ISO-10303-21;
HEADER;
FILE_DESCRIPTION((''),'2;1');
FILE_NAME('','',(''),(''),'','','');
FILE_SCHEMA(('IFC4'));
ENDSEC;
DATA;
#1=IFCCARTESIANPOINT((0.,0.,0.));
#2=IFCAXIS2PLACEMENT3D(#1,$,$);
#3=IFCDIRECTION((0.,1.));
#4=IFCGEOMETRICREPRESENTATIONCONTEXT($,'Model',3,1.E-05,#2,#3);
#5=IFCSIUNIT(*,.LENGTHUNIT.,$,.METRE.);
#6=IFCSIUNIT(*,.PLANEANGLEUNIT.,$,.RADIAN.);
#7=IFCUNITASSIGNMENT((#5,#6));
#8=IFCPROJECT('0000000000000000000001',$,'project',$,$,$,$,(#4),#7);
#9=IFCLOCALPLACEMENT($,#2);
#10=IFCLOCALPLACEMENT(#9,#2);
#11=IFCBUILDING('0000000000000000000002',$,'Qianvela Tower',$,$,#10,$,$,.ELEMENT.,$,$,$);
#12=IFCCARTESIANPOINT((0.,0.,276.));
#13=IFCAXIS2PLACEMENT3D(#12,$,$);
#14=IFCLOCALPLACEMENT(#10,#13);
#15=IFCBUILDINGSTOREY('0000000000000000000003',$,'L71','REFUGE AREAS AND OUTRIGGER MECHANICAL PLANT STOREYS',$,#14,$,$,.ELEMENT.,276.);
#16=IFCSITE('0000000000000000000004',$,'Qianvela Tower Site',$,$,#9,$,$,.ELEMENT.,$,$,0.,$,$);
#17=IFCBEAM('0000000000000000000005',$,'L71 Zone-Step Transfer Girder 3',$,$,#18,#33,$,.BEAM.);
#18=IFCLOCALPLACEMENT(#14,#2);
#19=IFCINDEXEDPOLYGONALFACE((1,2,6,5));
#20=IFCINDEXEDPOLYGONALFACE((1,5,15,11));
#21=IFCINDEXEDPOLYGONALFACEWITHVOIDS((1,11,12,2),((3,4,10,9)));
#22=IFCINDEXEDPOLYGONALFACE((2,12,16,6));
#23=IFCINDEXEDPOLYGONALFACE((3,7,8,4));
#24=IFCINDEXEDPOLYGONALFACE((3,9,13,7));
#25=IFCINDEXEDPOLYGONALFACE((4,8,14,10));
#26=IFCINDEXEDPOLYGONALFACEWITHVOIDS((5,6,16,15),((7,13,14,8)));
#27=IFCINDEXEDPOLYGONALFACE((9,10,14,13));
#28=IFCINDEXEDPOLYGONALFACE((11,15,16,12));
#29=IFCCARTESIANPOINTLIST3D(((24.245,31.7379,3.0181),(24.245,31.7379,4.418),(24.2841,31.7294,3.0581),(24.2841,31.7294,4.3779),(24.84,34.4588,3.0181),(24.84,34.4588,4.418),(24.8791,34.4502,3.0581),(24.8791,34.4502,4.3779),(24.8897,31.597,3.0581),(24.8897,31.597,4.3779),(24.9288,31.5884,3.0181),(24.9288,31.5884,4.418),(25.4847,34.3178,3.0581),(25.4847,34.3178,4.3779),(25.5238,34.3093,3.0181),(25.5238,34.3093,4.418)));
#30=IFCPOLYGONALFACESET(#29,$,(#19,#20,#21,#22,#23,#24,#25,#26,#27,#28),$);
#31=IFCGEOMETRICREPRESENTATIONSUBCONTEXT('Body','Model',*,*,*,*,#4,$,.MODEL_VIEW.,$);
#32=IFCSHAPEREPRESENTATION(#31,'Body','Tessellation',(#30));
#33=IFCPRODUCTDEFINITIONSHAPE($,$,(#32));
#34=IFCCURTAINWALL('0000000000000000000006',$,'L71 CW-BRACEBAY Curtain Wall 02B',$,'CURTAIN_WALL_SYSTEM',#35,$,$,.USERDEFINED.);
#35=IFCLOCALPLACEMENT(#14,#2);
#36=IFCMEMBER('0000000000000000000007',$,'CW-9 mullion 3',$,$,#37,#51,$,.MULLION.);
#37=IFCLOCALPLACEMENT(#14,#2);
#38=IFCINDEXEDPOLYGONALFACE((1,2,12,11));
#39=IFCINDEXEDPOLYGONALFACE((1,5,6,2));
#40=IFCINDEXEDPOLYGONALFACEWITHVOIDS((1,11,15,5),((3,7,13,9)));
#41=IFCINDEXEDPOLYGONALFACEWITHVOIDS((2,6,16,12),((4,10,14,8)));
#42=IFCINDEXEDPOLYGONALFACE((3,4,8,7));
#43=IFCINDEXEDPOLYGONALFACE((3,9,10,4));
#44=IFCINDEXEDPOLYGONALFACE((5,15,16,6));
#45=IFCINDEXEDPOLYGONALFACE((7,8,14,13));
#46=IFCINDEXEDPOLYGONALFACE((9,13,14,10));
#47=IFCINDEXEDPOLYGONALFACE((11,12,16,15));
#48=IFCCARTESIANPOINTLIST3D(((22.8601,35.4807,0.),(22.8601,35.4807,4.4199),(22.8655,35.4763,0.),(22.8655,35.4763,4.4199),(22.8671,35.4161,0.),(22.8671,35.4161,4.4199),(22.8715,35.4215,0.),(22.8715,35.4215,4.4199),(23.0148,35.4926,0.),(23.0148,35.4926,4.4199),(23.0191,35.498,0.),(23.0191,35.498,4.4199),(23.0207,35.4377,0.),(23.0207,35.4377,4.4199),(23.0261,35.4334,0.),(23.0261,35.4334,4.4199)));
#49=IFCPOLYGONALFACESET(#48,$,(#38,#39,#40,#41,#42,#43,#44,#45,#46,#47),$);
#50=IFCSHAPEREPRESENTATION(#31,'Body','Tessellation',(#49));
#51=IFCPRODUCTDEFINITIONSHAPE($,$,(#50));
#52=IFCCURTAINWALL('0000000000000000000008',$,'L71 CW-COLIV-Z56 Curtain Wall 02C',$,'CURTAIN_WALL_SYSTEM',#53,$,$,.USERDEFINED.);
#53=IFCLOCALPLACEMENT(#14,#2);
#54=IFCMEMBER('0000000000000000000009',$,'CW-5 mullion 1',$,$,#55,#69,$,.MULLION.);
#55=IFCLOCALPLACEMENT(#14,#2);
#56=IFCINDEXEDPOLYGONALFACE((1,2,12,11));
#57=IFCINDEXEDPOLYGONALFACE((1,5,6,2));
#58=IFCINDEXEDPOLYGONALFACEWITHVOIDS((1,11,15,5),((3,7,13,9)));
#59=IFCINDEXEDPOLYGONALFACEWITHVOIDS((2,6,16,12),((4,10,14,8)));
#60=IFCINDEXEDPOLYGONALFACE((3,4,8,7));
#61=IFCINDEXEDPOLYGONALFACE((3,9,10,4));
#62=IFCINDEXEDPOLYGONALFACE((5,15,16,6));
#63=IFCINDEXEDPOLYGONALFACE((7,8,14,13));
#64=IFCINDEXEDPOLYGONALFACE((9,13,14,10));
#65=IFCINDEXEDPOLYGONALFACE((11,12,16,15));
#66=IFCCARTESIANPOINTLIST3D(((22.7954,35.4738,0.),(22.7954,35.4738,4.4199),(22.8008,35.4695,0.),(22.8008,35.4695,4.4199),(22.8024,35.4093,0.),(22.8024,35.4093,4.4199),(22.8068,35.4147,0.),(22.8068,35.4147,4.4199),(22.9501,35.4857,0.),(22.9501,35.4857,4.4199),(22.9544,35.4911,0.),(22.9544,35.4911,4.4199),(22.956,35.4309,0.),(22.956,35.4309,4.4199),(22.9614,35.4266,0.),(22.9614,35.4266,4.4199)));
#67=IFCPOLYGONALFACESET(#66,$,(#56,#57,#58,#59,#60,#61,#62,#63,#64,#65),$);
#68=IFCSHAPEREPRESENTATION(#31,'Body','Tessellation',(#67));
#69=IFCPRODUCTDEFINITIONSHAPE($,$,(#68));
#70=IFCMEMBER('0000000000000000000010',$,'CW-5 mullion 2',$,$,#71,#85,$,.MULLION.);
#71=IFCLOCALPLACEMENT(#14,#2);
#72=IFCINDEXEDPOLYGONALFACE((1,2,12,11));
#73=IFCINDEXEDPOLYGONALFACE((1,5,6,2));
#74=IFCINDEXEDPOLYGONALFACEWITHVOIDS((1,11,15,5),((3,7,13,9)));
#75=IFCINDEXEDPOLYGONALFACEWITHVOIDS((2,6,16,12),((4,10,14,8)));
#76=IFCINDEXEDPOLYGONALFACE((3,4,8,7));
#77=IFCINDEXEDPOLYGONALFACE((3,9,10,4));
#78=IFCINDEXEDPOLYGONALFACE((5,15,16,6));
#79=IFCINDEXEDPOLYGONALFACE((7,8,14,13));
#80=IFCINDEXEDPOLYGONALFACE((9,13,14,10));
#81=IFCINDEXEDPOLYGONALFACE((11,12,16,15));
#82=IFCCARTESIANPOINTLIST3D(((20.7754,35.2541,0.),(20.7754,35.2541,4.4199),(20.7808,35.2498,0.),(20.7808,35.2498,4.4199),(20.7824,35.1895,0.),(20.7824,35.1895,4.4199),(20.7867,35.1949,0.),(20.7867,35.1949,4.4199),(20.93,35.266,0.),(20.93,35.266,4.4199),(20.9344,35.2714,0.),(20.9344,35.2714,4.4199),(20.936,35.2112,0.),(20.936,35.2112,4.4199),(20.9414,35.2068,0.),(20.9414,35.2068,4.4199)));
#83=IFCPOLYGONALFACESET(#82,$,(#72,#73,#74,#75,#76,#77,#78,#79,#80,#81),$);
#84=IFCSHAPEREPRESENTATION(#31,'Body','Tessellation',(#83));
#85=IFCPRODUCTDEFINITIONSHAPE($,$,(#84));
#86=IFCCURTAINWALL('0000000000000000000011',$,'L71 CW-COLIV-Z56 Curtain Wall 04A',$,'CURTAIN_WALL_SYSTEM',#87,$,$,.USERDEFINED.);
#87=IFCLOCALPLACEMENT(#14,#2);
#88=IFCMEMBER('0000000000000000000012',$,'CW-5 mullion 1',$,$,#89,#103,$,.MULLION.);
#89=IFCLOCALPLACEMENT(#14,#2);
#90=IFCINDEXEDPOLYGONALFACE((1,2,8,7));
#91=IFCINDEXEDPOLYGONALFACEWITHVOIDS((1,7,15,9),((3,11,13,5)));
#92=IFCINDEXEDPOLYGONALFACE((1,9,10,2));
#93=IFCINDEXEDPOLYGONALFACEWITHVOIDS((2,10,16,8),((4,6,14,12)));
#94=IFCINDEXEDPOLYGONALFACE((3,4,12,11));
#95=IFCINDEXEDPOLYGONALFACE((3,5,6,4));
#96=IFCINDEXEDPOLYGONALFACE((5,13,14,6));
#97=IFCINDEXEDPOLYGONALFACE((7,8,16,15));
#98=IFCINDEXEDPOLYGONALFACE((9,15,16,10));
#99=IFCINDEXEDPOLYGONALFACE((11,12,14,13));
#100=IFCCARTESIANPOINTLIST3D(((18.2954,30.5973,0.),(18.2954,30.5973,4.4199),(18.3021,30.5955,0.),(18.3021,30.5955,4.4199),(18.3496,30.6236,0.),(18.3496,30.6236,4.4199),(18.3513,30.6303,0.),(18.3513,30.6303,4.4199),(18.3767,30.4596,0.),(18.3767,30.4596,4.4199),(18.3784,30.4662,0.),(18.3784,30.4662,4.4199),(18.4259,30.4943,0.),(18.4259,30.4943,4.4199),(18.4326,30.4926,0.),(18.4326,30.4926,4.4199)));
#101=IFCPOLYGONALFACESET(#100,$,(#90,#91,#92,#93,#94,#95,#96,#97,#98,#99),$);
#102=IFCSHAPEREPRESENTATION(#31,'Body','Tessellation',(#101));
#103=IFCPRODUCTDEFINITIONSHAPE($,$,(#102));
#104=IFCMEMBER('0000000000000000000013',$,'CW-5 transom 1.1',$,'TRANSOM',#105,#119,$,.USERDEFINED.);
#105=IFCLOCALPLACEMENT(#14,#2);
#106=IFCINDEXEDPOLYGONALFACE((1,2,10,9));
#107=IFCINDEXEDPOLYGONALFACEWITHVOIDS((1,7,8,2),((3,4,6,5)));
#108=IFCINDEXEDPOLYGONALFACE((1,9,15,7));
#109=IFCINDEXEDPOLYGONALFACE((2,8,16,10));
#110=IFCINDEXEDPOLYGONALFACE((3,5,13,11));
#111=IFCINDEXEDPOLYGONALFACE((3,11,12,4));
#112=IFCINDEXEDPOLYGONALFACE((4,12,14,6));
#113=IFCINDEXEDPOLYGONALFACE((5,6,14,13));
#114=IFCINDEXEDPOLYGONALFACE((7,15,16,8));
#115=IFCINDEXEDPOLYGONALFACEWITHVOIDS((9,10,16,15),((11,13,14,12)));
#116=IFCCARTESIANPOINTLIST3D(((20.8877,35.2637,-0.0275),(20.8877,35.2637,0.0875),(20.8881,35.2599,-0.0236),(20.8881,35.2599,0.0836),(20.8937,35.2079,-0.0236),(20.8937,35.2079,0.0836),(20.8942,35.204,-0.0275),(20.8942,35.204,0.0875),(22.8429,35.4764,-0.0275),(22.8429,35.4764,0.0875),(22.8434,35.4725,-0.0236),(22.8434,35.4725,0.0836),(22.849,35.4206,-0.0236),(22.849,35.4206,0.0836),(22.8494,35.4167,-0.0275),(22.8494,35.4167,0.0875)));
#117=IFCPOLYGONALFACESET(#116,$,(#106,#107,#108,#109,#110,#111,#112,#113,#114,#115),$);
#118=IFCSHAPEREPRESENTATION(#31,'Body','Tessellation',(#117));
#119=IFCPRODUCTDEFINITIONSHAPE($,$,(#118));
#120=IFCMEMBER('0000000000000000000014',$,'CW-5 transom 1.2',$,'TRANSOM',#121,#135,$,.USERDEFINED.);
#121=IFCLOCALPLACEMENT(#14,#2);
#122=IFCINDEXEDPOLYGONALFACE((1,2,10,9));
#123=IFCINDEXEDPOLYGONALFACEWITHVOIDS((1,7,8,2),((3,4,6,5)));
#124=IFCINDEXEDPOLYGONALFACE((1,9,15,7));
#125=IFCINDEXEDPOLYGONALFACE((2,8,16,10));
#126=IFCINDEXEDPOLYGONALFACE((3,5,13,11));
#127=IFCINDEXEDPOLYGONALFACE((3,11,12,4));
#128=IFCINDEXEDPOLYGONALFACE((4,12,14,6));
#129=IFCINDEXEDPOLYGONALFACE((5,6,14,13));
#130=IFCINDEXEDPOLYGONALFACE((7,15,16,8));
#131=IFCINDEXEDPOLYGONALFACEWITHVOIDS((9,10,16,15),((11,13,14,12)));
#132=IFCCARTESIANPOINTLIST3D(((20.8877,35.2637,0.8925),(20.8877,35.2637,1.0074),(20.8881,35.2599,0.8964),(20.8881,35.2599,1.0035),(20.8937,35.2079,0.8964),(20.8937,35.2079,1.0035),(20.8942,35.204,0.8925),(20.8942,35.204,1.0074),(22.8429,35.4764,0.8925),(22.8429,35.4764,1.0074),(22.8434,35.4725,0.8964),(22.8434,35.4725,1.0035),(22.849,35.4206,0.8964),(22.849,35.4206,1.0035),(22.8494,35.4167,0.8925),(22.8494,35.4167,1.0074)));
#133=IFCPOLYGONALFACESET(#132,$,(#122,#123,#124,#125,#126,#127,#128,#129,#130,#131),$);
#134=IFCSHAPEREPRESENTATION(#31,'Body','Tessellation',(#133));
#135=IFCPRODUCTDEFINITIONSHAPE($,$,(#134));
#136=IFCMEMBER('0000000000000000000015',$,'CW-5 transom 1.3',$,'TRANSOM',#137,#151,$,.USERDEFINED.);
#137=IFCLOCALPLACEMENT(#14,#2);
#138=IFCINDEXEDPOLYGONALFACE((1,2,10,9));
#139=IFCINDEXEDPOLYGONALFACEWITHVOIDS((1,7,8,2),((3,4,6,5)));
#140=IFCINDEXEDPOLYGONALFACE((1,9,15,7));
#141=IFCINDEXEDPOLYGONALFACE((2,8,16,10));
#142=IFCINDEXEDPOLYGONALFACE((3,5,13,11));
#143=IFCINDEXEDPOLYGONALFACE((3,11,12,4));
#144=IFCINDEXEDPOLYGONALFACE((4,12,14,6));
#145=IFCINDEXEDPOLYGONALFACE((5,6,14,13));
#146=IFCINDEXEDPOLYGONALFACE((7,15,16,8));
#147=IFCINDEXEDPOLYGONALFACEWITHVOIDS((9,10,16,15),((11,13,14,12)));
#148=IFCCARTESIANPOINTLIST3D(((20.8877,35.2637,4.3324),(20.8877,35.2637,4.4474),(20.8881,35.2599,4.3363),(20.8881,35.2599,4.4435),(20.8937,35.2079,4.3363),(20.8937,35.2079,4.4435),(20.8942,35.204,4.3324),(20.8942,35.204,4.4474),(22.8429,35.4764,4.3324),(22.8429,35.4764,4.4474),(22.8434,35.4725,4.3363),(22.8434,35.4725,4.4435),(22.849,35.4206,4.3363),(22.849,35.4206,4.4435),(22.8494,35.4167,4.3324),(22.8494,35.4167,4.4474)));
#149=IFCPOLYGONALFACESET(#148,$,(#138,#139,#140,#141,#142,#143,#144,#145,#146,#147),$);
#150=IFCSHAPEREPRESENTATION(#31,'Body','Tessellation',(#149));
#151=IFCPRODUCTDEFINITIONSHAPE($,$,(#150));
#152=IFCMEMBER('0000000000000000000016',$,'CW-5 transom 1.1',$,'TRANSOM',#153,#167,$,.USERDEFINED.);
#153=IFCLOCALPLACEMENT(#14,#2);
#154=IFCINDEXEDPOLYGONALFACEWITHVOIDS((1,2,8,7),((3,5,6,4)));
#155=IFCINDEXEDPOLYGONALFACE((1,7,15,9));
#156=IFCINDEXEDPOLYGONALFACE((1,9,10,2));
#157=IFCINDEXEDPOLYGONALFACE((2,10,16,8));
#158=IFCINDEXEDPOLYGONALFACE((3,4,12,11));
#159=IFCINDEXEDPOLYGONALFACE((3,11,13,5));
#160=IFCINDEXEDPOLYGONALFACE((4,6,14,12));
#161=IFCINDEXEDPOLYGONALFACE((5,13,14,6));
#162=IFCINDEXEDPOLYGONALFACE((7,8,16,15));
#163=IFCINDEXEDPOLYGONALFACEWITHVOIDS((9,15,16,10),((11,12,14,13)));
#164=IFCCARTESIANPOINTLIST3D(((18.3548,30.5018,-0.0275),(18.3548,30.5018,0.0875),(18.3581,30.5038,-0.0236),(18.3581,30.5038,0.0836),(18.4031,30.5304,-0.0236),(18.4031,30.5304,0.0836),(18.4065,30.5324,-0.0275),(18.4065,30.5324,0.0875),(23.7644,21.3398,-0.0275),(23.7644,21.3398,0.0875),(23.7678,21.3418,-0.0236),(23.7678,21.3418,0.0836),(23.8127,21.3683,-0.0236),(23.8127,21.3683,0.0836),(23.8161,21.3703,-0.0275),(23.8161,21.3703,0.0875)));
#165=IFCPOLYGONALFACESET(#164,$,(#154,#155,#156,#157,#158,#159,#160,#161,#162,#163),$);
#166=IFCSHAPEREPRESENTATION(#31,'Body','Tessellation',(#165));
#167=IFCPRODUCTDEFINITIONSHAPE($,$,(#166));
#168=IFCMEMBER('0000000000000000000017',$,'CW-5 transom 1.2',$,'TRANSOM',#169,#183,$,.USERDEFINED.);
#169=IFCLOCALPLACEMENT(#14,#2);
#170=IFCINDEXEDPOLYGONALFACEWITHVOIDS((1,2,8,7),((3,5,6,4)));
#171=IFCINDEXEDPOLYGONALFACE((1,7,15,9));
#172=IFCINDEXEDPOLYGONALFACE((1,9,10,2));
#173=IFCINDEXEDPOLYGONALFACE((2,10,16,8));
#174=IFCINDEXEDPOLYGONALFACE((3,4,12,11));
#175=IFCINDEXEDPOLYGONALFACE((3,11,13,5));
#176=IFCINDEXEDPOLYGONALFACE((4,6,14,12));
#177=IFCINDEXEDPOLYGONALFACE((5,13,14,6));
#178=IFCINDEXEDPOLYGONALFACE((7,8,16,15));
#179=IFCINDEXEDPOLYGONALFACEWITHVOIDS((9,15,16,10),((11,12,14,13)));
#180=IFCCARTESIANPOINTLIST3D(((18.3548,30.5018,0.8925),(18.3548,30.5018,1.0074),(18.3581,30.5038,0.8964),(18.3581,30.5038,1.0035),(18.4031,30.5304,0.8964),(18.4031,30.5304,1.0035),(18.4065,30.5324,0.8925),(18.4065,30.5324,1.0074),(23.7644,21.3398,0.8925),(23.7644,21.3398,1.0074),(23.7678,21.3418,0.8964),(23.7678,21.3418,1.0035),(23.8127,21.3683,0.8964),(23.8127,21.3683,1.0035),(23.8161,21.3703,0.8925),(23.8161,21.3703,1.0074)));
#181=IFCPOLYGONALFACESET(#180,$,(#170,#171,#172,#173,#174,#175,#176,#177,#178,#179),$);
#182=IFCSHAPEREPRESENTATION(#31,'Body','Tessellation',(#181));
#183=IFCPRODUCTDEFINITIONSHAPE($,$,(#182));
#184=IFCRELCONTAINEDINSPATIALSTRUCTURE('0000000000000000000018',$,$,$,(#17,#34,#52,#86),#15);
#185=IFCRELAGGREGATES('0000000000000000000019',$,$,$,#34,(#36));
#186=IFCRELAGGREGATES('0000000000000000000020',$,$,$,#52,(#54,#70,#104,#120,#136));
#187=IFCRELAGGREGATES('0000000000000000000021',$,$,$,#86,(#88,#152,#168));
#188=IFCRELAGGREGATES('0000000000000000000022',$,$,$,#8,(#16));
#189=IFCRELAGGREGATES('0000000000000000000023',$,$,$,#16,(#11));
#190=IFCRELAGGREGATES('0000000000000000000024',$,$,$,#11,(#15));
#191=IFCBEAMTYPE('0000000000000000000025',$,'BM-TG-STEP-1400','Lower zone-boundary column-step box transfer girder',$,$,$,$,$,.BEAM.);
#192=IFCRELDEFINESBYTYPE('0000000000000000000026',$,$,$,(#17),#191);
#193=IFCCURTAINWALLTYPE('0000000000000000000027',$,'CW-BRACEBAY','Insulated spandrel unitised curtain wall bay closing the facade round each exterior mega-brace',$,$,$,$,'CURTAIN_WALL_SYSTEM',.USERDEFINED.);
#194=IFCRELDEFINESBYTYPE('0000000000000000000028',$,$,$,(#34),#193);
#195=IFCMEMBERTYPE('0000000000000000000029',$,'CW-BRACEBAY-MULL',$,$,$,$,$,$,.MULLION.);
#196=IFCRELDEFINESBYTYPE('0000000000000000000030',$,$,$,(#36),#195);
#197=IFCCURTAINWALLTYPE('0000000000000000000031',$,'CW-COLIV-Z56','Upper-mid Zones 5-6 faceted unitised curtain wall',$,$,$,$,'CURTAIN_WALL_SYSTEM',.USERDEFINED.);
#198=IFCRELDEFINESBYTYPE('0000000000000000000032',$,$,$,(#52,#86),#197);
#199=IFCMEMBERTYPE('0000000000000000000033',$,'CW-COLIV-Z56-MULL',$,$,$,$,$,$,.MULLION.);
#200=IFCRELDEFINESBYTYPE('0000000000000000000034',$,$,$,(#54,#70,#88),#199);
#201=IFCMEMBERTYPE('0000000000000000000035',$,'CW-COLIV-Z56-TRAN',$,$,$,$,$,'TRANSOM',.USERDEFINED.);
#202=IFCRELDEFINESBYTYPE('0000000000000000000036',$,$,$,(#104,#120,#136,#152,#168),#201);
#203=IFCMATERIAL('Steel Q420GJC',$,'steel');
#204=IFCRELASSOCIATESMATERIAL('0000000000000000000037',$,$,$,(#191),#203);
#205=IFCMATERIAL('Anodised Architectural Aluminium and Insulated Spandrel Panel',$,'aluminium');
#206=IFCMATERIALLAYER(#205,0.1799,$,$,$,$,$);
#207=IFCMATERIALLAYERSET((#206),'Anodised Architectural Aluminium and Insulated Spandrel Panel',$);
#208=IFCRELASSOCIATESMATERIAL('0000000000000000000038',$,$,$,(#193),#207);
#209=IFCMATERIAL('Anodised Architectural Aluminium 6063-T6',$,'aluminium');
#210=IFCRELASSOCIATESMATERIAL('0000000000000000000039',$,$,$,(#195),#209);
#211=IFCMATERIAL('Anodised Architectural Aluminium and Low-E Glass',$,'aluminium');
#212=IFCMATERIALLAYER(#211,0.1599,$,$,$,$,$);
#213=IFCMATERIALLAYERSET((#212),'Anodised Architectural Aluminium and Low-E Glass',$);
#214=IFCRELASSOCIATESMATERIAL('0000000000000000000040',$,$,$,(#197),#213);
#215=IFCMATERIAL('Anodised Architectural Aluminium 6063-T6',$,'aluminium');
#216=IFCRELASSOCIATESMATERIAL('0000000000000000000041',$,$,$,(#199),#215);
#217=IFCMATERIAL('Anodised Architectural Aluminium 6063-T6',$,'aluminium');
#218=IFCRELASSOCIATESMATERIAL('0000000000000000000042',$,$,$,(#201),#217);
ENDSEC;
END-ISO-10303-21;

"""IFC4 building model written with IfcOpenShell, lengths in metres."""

from ifc_helpers import new_model, si_unit, direction, frame, origin, origin_2d, place, context, subcontext, project, spatial, hollow_rectangle, extrude, material, layer, layer_set, material_profile, profile_set, type_object, element, aggregate, save


model = new_model("IFC4")

# Units and contexts
model_context = context("Model", 3, precision=1e-05, world=origin(), true_north=direction((0.0, 1.0)))
body_context = subcontext(model_context, "Body", "Model", "MODEL_VIEW")
ifc_project = project(units=[si_unit("LENGTHUNIT", "METRE"), si_unit("PLANEANGLEUNIT", "RADIAN")], contexts=[model_context])

# Site, building, storey
site_placement = place(None, origin())
site = spatial("IfcSite", under=ifc_project, at=site_placement, Name="Qianvela Tower Site", CompositionType="ELEMENT", RefElevation=0.0)
building_placement = place(site_placement, origin())
building = spatial("IfcBuilding", under=site, at=building_placement, Name="Qianvela Tower", CompositionType="ELEMENT")
storey_placement = place(building_placement, frame((0.0, 0.0, 276.0)))
storey = spatial("IfcBuildingStorey", under=building, at=storey_placement, Name="L71", Description="REFUGE AREAS AND OUTRIGGER MECHANICAL PLANT STOREYS", CompositionType="ELEMENT", Elevation=276.0)

# Beam
ifc_material_1 = material(Name="Steel Q420GJC", Category="steel")
ifc_material_profile_1 = material_profile(ifc_material_1, hollow_rectangle(XDim=0.7, YDim=1.3999, WallThickness=0.04, at=origin_2d()), Name="TG-BOX-1400x700x40")
ifc_profile_set_1 = profile_set([ifc_material_profile_1], Name="Steel Q420GJC")
beam_type_1 = type_object("IfcBeamType", Name="BM-TG-STEP-1400", Description="Lower zone-boundary column-step box transfer girder", PredefinedType="BEAM", material=ifc_profile_set_1)
beam_1_placement = place(storey_placement, frame((25.1819, 34.384, 3.718), z_axis=(-0.213616, -0.976918, 0.0), x_axis=(0.976918, -0.213616, 0.0)))
element("IfcBeam", 1, at=beam_1_placement, inside=storey, type_object=beam_type_1, Name="L71 Zone-Step Transfer Girder 3", PredefinedType="BEAM", context=body_context, shape_type="SweptSolid", body=[
    extrude(hollow_rectangle(XDim=0.7, YDim=1.3999, WallThickness=0.04, at=origin_2d()), origin(), (0.0, 0.0, 1.0), 2.7852),
])

# Curtain wall, member
ifc_material_2 = material(Name="Anodised Architectural Aluminium and Insulated Spandrel Panel", Category="aluminium")
ifc_layer_1 = layer(ifc_material_2, 0.1799)
ifc_layer_set_1 = layer_set([ifc_layer_1], Name="Anodised Architectural Aluminium and Insulated Spandrel Panel")
curtain_wall_type_1 = type_object("IfcCurtainWallType", Name="CW-BRACEBAY", Description="Insulated spandrel unitised curtain wall bay closing the facade round each exterior mega-brace", ElementType="CURTAIN_WALL_SYSTEM", PredefinedType="USERDEFINED", material=ifc_layer_set_1)
curtain_wall_1_placement = place(storey_placement, origin())
curtain_wall_1 = element("IfcCurtainWall", 2, at=curtain_wall_1_placement, inside=storey, type_object=curtain_wall_type_1, Name="L71 CW-BRACEBAY Curtain Wall 02B", ObjectType="CURTAIN_WALL_SYSTEM", PredefinedType="USERDEFINED")
ifc_material_3 = material(Name="Anodised Architectural Aluminium 6063-T6", Category="aluminium")
ifc_material_profile_2 = material_profile(ifc_material_3, hollow_rectangle(XDim=0.0649, YDim=0.1599, WallThickness=0.0049, at=origin_2d()), Name="ALU-MULL-65x160")
ifc_profile_set_2 = profile_set([ifc_material_profile_2], Name="Anodised Architectural Aluminium 6063-T6")
member_type_1 = type_object("IfcMemberType", Name="CW-BRACEBAY-MULL", PredefinedType="MULLION", material=ifc_profile_set_2)
member_1_placement = place(storey_placement, frame((22.9431, 35.457, 0.0), z_axis=(0.0, 0.0, 1.0), x_axis=(0.108122, -0.994138, 0.0)))
member_1 = element("IfcMember", 3, at=member_1_placement, type_object=member_type_1, Name="CW-9 mullion 3", PredefinedType="MULLION", context=body_context, shape_type="SweptSolid", body=[
    extrude(hollow_rectangle(XDim=0.0649, YDim=0.1599, WallThickness=0.0049, at=origin_2d()), origin(), (0.0, 0.0, 1.0), 4.4199),
])

# Curtain wall, members
ifc_material_4 = material(Name="Anodised Architectural Aluminium and Low-E Glass", Category="aluminium")
ifc_layer_2 = layer(ifc_material_4, 0.1599)
ifc_layer_set_2 = layer_set([ifc_layer_2], Name="Anodised Architectural Aluminium and Low-E Glass")
curtain_wall_type_2 = type_object("IfcCurtainWallType", Name="CW-COLIV-Z56", Description="Upper-mid Zones 5-6 faceted unitised curtain wall", ElementType="CURTAIN_WALL_SYSTEM", PredefinedType="USERDEFINED", material=ifc_layer_set_2)
curtain_wall_2_placement = place(storey_placement, origin())
curtain_wall_2 = element("IfcCurtainWall", 4, at=curtain_wall_2_placement, inside=storey, type_object=curtain_wall_type_2, Name="L71 CW-COLIV-Z56 Curtain Wall 02C", ObjectType="CURTAIN_WALL_SYSTEM", PredefinedType="USERDEFINED")
ifc_material_5 = material(Name="Anodised Architectural Aluminium 6063-T6", Category="aluminium")
ifc_material_profile_3 = material_profile(ifc_material_5, hollow_rectangle(XDim=0.0649, YDim=0.1599, WallThickness=0.0049, at=origin_2d()), Name="ALU-MULL-65x160")
ifc_profile_set_3 = profile_set([ifc_material_profile_3], Name="Anodised Architectural Aluminium 6063-T6")
member_type_2 = type_object("IfcMemberType", Name="CW-COLIV-Z56-MULL", PredefinedType="MULLION", material=ifc_profile_set_3)
member_2_placement = place(storey_placement, frame((22.8784, 35.4502, 0.0), z_axis=(0.0, 0.0, 1.0), x_axis=(0.108118, -0.994138, 0.0)))
member_2 = element("IfcMember", 5, at=member_2_placement, type_object=member_type_2, Name="CW-5 mullion 1", PredefinedType="MULLION", context=body_context, shape_type="SweptSolid", body=[
    extrude(hollow_rectangle(XDim=0.0649, YDim=0.1599, WallThickness=0.0049, at=origin_2d()), origin(), (0.0, 0.0, 1.0), 4.4199),
])
member_3_placement = place(storey_placement, frame((20.8584, 35.2305, 0.0), z_axis=(0.0, 0.0, 1.0), x_axis=(0.108118, -0.994138, 0.0)))
member_3 = element("IfcMember", 6, at=member_3_placement, type_object=member_type_2, Name="CW-5 mullion 2", PredefinedType="MULLION", context=body_context, shape_type="SweptSolid", body=[
    extrude(hollow_rectangle(XDim=0.0649, YDim=0.1599, WallThickness=0.0049, at=origin_2d()), origin(), (0.0, 0.0, 1.0), 4.4199),
])

# Curtain wall, member
curtain_wall_3_placement = place(storey_placement, origin())
curtain_wall_3 = element("IfcCurtainWall", 7, at=curtain_wall_3_placement, inside=storey, type_object=curtain_wall_type_2, Name="L71 CW-COLIV-Z56 Curtain Wall 04A", ObjectType="CURTAIN_WALL_SYSTEM", PredefinedType="USERDEFINED")
member_4_placement = place(storey_placement, frame((18.364, 30.5449, 0.0), z_axis=(0.0, 0.0, 1.0), x_axis=(0.861097, 0.508441, 0.0)))
member_4 = element("IfcMember", 8, at=member_4_placement, type_object=member_type_2, Name="CW-5 mullion 1", PredefinedType="MULLION", context=body_context, shape_type="SweptSolid", body=[
    extrude(hollow_rectangle(XDim=0.0649, YDim=0.1599, WallThickness=0.0049, at=origin_2d()), origin(), (0.0, 0.0, 1.0), 4.4199),
])

# Members
ifc_material_6 = material(Name="Anodised Architectural Aluminium 6063-T6", Category="aluminium")
ifc_material_profile_4 = material_profile(ifc_material_6, hollow_rectangle(XDim=0.0601, YDim=0.115, WallThickness=0.0039, at=origin_2d()), Name="ALU-TRAN-60x115")
ifc_profile_set_4 = profile_set([ifc_material_profile_4], Name="Anodised Architectural Aluminium 6063-T6")
member_type_3 = type_object("IfcMemberType", Name="CW-COLIV-Z56-TRAN", ElementType="TRANSOM", PredefinedType="USERDEFINED", material=ifc_profile_set_4)
member_5_placement = place(storey_placement, frame((22.8462, 35.4465, 0.03), z_axis=(-0.994138, -0.108115, 0.0), x_axis=(0.108115, -0.994138, 0.0)))
member_5 = element("IfcMember", 9, at=member_5_placement, type_object=member_type_3, Name="CW-5 transom 1.1", ObjectType="TRANSOM", PredefinedType="USERDEFINED", context=body_context, shape_type="SweptSolid", body=[
    extrude(hollow_rectangle(XDim=0.0601, YDim=0.115, WallThickness=0.0039, at=origin_2d()), origin(), (0.0, 0.0, 1.0), 1.9668),
])
member_6_placement = place(storey_placement, frame((22.8462, 35.4465, 0.95), z_axis=(-0.994138, -0.108115, 0.0), x_axis=(0.108115, -0.994138, 0.0)))
member_6 = element("IfcMember", 10, at=member_6_placement, type_object=member_type_3, Name="CW-5 transom 1.2", ObjectType="TRANSOM", PredefinedType="USERDEFINED", context=body_context, shape_type="SweptSolid", body=[
    extrude(hollow_rectangle(XDim=0.0601, YDim=0.115, WallThickness=0.0039, at=origin_2d()), origin(), (0.0, 0.0, 1.0), 1.9668),
])
member_7_placement = place(storey_placement, frame((22.8462, 35.4465, 4.3899), z_axis=(-0.994138, -0.108115, 0.0), x_axis=(0.108115, -0.994138, 0.0)))
member_7 = element("IfcMember", 11, at=member_7_placement, type_object=member_type_3, Name="CW-5 transom 1.3", ObjectType="TRANSOM", PredefinedType="USERDEFINED", context=body_context, shape_type="SweptSolid", body=[
    extrude(hollow_rectangle(XDim=0.0601, YDim=0.115, WallThickness=0.0039, at=origin_2d()), origin(), (0.0, 0.0, 1.0), 1.9668),
])
member_8_placement = place(storey_placement, frame((18.3806, 30.5171, 0.03), z_axis=(0.508429, -0.861104, 0.0), x_axis=(0.861104, 0.508429, 0.0)))
member_8 = element("IfcMember", 12, at=member_8_placement, type_object=member_type_3, Name="CW-5 transom 1.1", ObjectType="TRANSOM", PredefinedType="USERDEFINED", context=body_context, shape_type="SweptSolid", body=[
    extrude(hollow_rectangle(XDim=0.0601, YDim=0.115, WallThickness=0.0039, at=origin_2d()), origin(), (0.0, 0.0, 1.0), 10.6399),
])
member_9_placement = place(storey_placement, frame((18.3806, 30.5171, 0.95), z_axis=(0.508429, -0.861104, 0.0), x_axis=(0.861104, 0.508429, 0.0)))
member_9 = element("IfcMember", 13, at=member_9_placement, type_object=member_type_3, Name="CW-5 transom 1.2", ObjectType="TRANSOM", PredefinedType="USERDEFINED", context=body_context, shape_type="SweptSolid", body=[
    extrude(hollow_rectangle(XDim=0.0601, YDim=0.115, WallThickness=0.0039, at=origin_2d()), origin(), (0.0, 0.0, 1.0), 10.6399),
])

aggregate(curtain_wall_1, [member_1])
aggregate(curtain_wall_2, [member_2, member_3, member_5, member_6, member_7])
aggregate(curtain_wall_3, [member_4, member_8, member_9])

save(model, "model.ifc")
